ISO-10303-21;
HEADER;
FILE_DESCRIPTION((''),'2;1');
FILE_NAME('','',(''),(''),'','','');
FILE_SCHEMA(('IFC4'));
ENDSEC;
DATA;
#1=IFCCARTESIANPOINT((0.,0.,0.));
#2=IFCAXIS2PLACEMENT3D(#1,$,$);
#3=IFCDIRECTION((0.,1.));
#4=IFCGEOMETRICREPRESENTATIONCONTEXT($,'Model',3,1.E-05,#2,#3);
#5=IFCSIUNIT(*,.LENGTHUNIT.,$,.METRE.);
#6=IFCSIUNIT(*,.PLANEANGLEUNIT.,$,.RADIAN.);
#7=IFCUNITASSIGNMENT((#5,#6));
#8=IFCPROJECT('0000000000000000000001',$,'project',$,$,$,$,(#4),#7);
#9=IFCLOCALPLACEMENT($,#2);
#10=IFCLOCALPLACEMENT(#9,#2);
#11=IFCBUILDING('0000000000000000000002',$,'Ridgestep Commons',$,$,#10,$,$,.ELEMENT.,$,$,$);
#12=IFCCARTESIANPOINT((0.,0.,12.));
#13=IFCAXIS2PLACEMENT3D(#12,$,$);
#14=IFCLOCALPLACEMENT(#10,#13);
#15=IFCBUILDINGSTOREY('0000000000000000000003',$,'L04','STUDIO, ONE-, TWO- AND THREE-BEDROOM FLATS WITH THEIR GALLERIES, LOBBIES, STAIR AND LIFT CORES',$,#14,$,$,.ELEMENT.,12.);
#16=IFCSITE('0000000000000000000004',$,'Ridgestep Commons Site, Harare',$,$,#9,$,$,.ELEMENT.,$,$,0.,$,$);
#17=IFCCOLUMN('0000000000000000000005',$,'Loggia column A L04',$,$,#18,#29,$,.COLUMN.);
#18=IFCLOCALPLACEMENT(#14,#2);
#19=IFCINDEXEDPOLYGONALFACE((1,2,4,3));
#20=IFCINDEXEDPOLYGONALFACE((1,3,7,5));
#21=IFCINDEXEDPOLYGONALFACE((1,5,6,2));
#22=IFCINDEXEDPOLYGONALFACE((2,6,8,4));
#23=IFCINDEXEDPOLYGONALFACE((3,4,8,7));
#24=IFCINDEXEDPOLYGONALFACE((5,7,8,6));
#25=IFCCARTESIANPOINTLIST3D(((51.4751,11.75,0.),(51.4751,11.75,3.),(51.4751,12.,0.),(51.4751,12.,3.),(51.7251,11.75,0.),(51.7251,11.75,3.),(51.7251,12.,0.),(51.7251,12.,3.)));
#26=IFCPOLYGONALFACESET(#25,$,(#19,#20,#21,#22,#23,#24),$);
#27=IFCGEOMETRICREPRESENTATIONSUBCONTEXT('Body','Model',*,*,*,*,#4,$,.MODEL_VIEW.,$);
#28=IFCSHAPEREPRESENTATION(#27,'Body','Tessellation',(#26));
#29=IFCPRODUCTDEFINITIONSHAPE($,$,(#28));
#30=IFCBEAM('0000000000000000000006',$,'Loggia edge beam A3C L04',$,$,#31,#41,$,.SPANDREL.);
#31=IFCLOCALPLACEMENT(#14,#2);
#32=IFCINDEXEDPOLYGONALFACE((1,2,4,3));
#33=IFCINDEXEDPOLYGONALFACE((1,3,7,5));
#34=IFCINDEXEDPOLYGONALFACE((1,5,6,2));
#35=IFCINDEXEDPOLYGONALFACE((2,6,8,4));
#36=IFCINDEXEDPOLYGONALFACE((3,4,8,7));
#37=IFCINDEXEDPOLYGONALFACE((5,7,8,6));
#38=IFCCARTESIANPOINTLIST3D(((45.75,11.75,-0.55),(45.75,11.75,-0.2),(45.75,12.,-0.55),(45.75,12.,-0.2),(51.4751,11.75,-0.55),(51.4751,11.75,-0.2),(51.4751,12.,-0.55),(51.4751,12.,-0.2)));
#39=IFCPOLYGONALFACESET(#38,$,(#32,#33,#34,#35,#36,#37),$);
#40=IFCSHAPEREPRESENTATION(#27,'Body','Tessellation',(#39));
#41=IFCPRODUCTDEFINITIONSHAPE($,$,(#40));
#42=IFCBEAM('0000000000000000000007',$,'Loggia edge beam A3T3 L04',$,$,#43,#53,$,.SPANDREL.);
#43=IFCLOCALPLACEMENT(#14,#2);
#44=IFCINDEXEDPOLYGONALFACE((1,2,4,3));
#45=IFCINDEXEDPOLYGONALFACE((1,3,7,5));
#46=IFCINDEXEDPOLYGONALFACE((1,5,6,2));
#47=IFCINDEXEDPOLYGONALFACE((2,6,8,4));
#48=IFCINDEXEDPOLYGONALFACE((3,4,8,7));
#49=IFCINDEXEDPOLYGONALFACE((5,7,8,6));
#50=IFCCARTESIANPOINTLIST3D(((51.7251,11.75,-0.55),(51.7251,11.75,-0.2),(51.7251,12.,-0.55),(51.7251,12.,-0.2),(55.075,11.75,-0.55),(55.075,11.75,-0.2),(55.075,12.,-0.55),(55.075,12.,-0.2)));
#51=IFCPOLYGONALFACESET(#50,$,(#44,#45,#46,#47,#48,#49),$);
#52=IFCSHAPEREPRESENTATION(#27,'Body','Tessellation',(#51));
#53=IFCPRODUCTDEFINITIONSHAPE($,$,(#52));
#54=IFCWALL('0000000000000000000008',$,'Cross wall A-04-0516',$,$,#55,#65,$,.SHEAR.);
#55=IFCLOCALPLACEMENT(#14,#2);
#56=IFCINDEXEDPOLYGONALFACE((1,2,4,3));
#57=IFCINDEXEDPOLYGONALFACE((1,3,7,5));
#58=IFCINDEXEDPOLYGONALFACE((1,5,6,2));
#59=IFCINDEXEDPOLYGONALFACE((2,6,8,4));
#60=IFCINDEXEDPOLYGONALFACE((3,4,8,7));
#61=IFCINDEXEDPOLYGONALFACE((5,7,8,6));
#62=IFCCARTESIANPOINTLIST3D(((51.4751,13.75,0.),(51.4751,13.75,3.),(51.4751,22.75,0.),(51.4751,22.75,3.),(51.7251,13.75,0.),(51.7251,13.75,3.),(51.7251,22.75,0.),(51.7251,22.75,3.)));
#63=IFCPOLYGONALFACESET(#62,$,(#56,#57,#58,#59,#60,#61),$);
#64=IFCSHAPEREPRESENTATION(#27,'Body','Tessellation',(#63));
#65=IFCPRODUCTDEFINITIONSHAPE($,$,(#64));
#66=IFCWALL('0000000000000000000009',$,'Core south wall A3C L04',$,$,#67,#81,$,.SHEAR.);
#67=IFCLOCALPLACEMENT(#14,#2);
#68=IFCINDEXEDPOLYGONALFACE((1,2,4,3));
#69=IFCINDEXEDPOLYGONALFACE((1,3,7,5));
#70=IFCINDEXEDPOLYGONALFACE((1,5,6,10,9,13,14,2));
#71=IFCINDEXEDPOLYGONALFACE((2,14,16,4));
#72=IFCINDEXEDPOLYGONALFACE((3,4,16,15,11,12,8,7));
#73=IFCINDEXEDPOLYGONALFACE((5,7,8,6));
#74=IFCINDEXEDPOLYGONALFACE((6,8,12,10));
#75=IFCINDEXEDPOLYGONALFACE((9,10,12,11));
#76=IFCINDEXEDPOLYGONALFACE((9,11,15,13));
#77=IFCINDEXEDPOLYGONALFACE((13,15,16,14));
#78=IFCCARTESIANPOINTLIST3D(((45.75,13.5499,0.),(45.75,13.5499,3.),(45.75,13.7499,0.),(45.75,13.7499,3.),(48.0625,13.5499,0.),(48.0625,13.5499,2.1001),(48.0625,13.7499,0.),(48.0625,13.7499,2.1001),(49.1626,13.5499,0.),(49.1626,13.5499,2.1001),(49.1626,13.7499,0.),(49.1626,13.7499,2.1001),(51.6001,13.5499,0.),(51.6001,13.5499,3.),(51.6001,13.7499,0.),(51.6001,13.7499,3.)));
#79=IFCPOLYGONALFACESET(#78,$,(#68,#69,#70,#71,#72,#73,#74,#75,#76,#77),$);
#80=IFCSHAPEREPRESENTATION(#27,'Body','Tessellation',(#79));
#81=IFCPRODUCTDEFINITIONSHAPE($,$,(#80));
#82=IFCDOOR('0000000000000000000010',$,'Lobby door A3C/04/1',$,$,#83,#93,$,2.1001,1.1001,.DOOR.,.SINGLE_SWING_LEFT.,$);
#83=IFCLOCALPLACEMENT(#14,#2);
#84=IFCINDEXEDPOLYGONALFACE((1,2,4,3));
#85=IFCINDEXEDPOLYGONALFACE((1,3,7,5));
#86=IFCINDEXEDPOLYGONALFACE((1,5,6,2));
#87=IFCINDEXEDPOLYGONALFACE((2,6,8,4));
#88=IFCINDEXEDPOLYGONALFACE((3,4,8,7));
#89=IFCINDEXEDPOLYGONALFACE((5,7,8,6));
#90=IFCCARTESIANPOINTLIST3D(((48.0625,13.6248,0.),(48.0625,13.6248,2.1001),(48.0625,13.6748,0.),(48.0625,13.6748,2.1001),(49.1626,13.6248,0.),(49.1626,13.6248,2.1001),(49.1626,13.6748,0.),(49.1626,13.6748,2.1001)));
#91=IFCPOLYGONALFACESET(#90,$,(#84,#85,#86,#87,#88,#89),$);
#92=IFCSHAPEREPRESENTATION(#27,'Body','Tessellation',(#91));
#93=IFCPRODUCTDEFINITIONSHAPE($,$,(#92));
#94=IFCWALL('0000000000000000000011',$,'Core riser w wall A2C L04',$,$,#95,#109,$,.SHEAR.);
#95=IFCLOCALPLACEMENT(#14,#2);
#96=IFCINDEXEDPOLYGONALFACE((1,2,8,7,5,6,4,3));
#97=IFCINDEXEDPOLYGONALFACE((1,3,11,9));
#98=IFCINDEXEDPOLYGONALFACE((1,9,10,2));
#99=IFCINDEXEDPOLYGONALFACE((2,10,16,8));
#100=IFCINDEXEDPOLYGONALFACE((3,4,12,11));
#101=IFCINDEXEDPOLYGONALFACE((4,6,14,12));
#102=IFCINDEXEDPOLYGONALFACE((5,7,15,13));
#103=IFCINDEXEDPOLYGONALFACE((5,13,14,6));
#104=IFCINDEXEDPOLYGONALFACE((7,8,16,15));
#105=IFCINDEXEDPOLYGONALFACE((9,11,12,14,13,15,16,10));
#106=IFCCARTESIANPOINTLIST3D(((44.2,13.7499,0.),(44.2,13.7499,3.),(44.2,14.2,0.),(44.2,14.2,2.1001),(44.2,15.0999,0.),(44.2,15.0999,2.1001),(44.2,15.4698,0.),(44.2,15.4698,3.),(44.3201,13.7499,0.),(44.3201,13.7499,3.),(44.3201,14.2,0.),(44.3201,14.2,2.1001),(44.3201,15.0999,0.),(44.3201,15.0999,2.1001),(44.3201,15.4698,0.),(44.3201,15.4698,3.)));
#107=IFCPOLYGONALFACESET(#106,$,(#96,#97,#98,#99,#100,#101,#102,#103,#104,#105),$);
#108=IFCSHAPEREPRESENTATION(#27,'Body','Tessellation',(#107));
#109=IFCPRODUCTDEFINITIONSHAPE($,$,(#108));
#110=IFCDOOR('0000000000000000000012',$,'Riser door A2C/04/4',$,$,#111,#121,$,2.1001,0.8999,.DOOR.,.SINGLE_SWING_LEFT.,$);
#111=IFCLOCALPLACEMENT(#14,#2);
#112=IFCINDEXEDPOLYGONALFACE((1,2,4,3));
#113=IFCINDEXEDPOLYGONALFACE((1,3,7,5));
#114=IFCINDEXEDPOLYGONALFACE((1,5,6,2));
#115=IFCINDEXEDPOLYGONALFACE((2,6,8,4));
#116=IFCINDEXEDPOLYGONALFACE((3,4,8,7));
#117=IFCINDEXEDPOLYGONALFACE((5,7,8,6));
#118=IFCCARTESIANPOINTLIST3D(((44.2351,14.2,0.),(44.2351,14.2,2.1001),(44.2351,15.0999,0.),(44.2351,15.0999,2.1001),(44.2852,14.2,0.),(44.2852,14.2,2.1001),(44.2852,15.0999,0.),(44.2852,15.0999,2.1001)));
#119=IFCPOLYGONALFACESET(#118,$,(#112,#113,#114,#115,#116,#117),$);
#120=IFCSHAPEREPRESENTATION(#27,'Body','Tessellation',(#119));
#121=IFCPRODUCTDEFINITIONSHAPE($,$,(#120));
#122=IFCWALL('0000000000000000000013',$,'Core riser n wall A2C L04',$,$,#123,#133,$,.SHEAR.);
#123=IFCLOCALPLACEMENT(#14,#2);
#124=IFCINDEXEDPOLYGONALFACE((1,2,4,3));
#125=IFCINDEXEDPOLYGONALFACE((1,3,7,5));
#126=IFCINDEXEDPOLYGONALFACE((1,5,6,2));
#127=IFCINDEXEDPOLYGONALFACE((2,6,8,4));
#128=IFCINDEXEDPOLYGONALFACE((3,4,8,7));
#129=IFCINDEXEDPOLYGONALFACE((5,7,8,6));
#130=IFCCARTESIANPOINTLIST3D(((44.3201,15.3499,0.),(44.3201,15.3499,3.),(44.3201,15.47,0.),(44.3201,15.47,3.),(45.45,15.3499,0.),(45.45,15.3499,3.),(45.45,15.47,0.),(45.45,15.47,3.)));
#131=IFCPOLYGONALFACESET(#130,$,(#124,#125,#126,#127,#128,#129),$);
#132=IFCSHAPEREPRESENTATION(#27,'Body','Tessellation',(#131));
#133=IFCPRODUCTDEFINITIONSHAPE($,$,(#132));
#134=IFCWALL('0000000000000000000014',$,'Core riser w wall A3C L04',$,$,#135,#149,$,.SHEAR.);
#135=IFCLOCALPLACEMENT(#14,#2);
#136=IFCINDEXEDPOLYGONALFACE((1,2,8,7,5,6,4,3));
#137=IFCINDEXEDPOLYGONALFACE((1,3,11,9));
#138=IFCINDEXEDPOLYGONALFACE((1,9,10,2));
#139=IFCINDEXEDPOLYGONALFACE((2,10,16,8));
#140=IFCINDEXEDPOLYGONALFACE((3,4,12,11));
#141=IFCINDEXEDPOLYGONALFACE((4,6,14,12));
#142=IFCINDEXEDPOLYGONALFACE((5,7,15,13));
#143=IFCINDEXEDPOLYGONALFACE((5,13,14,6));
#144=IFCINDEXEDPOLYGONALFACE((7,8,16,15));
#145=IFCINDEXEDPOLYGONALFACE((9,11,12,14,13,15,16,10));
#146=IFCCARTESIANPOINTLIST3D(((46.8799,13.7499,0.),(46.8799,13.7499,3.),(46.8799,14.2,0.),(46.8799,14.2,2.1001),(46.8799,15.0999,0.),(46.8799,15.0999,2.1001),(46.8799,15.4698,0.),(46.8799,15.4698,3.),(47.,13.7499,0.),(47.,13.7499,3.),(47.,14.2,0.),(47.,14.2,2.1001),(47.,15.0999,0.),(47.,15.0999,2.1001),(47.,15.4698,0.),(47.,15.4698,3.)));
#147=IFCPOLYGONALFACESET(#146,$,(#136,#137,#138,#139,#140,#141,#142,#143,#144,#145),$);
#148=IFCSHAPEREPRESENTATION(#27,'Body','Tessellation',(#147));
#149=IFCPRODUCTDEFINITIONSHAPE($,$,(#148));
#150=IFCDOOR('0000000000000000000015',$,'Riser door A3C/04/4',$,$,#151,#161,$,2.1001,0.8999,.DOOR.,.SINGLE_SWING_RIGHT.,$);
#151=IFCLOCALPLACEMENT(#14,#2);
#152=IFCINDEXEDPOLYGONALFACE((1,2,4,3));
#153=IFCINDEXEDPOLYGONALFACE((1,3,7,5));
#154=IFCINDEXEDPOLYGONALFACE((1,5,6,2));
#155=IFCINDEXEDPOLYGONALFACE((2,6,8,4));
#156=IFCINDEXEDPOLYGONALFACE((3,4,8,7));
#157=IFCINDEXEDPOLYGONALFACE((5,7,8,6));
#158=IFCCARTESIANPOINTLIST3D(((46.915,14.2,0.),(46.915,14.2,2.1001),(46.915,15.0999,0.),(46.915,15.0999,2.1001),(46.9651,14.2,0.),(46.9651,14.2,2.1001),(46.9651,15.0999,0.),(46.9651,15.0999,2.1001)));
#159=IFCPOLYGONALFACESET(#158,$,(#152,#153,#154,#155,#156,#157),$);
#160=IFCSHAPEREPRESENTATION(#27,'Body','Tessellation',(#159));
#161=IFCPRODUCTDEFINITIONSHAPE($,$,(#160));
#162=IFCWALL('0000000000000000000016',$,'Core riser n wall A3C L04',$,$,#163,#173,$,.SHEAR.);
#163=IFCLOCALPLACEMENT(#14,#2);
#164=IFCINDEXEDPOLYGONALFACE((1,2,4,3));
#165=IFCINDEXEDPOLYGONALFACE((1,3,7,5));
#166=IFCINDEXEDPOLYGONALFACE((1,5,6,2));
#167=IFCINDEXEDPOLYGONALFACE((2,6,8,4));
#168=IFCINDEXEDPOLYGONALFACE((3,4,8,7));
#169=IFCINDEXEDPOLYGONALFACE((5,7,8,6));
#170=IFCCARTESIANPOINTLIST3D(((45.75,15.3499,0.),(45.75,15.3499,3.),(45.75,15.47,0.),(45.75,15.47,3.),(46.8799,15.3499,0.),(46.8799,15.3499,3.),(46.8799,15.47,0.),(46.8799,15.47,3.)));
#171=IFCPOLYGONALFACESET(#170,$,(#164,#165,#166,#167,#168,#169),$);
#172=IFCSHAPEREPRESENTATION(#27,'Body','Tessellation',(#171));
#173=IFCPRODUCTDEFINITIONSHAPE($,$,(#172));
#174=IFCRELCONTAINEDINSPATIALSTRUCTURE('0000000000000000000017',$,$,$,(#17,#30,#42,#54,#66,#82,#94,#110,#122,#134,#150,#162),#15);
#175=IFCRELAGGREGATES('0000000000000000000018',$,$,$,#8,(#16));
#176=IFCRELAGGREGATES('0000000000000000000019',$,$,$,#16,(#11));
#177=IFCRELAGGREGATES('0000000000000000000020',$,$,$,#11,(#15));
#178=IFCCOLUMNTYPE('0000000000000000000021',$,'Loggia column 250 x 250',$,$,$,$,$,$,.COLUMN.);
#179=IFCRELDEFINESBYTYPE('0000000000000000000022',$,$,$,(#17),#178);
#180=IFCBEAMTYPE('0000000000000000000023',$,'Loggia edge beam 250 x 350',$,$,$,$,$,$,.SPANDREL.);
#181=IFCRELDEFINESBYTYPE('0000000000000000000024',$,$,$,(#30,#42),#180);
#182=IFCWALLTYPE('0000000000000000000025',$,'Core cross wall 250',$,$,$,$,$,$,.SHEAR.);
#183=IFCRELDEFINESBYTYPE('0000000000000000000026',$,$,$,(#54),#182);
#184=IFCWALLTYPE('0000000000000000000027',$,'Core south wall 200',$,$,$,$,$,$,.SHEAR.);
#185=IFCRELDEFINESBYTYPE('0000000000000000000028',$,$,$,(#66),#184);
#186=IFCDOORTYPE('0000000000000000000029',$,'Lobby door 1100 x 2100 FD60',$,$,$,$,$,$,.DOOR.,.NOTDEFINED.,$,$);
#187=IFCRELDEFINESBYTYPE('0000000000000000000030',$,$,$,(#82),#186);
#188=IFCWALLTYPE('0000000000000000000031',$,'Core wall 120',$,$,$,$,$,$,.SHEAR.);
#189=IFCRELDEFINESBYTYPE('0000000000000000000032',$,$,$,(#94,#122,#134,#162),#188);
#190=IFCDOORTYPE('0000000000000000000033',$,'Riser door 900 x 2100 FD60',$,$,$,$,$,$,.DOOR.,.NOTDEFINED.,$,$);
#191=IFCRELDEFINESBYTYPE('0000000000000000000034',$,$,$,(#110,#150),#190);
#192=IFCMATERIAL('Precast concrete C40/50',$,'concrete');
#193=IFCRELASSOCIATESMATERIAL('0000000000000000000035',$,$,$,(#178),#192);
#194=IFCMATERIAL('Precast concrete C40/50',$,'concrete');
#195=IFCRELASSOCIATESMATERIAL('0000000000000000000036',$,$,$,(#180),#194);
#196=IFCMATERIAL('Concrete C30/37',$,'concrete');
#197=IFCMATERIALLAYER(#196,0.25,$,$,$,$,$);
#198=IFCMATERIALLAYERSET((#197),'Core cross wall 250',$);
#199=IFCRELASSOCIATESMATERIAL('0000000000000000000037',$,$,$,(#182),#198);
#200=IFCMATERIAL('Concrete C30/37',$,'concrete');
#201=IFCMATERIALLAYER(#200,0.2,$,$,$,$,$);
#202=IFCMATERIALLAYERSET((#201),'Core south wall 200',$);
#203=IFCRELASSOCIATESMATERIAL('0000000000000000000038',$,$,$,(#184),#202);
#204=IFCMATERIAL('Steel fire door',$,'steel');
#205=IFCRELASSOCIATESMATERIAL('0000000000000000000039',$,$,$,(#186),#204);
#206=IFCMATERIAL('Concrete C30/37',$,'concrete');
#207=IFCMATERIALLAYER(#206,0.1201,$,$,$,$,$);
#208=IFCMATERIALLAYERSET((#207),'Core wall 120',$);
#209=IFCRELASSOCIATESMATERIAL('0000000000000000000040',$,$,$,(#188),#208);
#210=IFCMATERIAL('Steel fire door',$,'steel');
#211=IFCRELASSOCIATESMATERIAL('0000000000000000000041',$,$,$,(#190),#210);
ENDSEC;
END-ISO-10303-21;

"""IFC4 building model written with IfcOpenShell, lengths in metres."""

from ifc_helpers import new_model, si_unit, direction, frame, frame_2d, origin, origin_2d, place, context, subcontext, project, spatial, rectangle, extrude, material, layer, layer_set, material_profile, profile_set, type_object, element, fill, save


model = new_model("IFC4")

# Units and contexts
model_context = context("Model", 3, precision=1e-05, world=origin(), true_north=direction((0.0, 1.0)))
body_context = subcontext(model_context, "Body", "Model", "MODEL_VIEW")
ifc_project = project(units=[si_unit("LENGTHUNIT", "METRE"), si_unit("PLANEANGLEUNIT", "RADIAN")], contexts=[model_context])

# Site, building, storey
site_placement = place(None, origin())
site = spatial("IfcSite", under=ifc_project, at=site_placement, Name="Ridgestep Commons Site, Harare", CompositionType="ELEMENT", RefElevation=0.0)
building_placement = place(site_placement, origin())
building = spatial("IfcBuilding", under=site, at=building_placement, Name="Ridgestep Commons", CompositionType="ELEMENT")
storey_placement = place(building_placement, frame((0.0, 0.0, 12.0)))
storey = spatial("IfcBuildingStorey", under=building, at=storey_placement, Name="L04", Description="STUDIO, ONE-, TWO- AND THREE-BEDROOM FLATS WITH THEIR GALLERIES, LOBBIES, STAIR AND LIFT CORES", CompositionType="ELEMENT", Elevation=12.0)

# Column
ifc_material_1 = material(Name="Precast concrete C40/50", Category="concrete")
ifc_material_profile_1 = material_profile(ifc_material_1, rectangle(XDim=0.25, YDim=0.25, at=origin_2d()), Name="PC 250x250")
ifc_profile_set_1 = profile_set([ifc_material_profile_1], Name="Precast concrete C40/50")
column_type = type_object("IfcColumnType", Name="Loggia column 250 x 250", PredefinedType="COLUMN", material=ifc_profile_set_1)
column_placement = place(storey_placement, frame((51.6001, 11.875, 0.0), z_axis=(0.0, 0.0, 1.0), x_axis=(1.0, 0.0, 0.0)))
element("IfcColumn", 1, at=column_placement, inside=storey, type_object=column_type, Name="Loggia column A L04", PredefinedType="COLUMN", context=body_context, shape_type="SweptSolid", body=[
    extrude(rectangle(XDim=0.25, YDim=0.25, at=origin_2d()), origin(), (0.0, 0.0, 1.0), 3.0),
])

# Beams
ifc_material_2 = material(Name="Precast concrete C40/50", Category="concrete")
ifc_material_profile_2 = material_profile(ifc_material_2, rectangle(XDim=0.25, YDim=0.3501, at=origin_2d()), Name="PC 250x350")
ifc_profile_set_2 = profile_set([ifc_material_profile_2], Name="Precast concrete C40/50")
beam_type = type_object("IfcBeamType", Name="Loggia edge beam 250 x 350", PredefinedType="SPANDREL", material=ifc_profile_set_2)
beam_1_placement = place(storey_placement, frame((45.75, 11.875, -0.375), z_axis=(1.0, 0.0, 0.0), x_axis=(0.0, 1.0, 0.0)))
element("IfcBeam", 2, at=beam_1_placement, inside=storey, type_object=beam_type, Name="Loggia edge beam A3C L04", PredefinedType="SPANDREL", context=body_context, shape_type="SweptSolid", body=[
    extrude(rectangle(XDim=0.25, YDim=0.3501, at=origin_2d()), origin(), (0.0, 0.0, 1.0), 5.7251),
])
beam_2_placement = place(storey_placement, frame((51.7251, 11.875, -0.375), z_axis=(1.0, 0.0, 0.0), x_axis=(0.0, 1.0, 0.0)))
element("IfcBeam", 3, at=beam_2_placement, inside=storey, type_object=beam_type, Name="Loggia edge beam A3T3 L04", PredefinedType="SPANDREL", context=body_context, shape_type="SweptSolid", body=[
    extrude(rectangle(XDim=0.25, YDim=0.3501, at=origin_2d()), origin(), (0.0, 0.0, 1.0), 3.3499),
])

# Wall
ifc_material_3 = material(Name="Concrete C30/37", Category="concrete")
ifc_layer_1 = layer(ifc_material_3, 0.25)
ifc_layer_set_1 = layer_set([ifc_layer_1], Name="Core cross wall 250")
wall_type_1 = type_object("IfcWallType", Name="Core cross wall 250", PredefinedType="SHEAR", material=ifc_layer_set_1)
wall_1_placement = place(storey_placement, frame((51.6001, 13.75, 0.0), z_axis=(0.0, 0.0, 1.0), x_axis=(0.0, 1.0, 0.0)))
element("IfcWall", 4, at=wall_1_placement, inside=storey, type_object=wall_type_1, Name="Cross wall A-04-0516", PredefinedType="SHEAR", context=body_context, shape_type="SweptSolid", body=[
    extrude(rectangle(XDim=9.0, YDim=0.25, at=frame_2d((4.5, 0.0))), origin(), (0.0, 0.0, 1.0), 3.0),
])

# Walls, openings, doors
ifc_material_4 = material(Name="Concrete C30/37", Category="concrete")
ifc_layer_2 = layer(ifc_material_4, 0.2)
ifc_layer_set_2 = layer_set([ifc_layer_2], Name="Core south wall 200")
wall_type_2 = type_object("IfcWallType", Name="Core south wall 200", PredefinedType="SHEAR", material=ifc_layer_set_2)
wall_2_placement = place(storey_placement, frame((45.75, 13.6499, 0.0), z_axis=(0.0, 0.0, 1.0), x_axis=(1.0, 0.0, 0.0)))
wall_2 = element("IfcWall", 5, at=wall_2_placement, inside=storey, type_object=wall_type_2, Name="Core south wall A3C L04", PredefinedType="SHEAR", context=body_context, shape_type="SweptSolid", body=[
    extrude(rectangle(XDim=5.8501, YDim=0.2, at=frame_2d((2.925, 0.0))), origin(), (0.0, 0.0, 1.0), 3.0),
])
opening_1_placement = place(wall_2_placement, frame((2.3125, 0.0, 0.0)))
opening_1 = element("IfcOpeningElement", 6, at=opening_1_placement, cuts=wall_2, PredefinedType="OPENING", context=body_context, shape_type="SweptSolid", body=[
    extrude(rectangle(XDim=1.1001, YDim=2.1001, at=frame_2d((0.55, 1.05))), frame((0.0, 0.1099, 0.0), z_axis=(0.0, -1.0, 0.0), x_axis=(1.0, 0.0, 0.0)), (0.0, 0.0, 1.0), 0.22),
])
ifc_material_5 = material(Name="Steel fire door", Category="steel")
door_type_1 = type_object("IfcDoorType", Name="Lobby door 1100 x 2100 FD60", OperationType="NOTDEFINED", PredefinedType="DOOR", material=ifc_material_5)
door_1_placement = place(opening_1_placement, origin())
door_1 = element("IfcDoor", 7, at=door_1_placement, inside=storey, type_object=door_type_1, Name="Lobby door A3C/04/1", OperationType="SINGLE_SWING_LEFT", OverallHeight=2.1001, OverallWidth=1.1001, PredefinedType="DOOR", context=body_context, shape_type="SweptSolid", body=[
    extrude(rectangle(XDim=1.1001, YDim=2.1001, at=frame_2d((0.55, 1.05))), frame((0.0, 0.0249, 0.0), z_axis=(0.0, -1.0, 0.0), x_axis=(1.0, 0.0, 0.0)), (0.0, 0.0, 1.0), 0.05),
])
fill(opening_1, door_1)
ifc_material_6 = material(Name="Concrete C30/37", Category="concrete")
ifc_layer_3 = layer(ifc_material_6, 0.1201)
ifc_layer_set_3 = layer_set([ifc_layer_3], Name="Core wall 120")
wall_type_3 = type_object("IfcWallType", Name="Core wall 120", PredefinedType="SHEAR", material=ifc_layer_set_3)
wall_3_placement = place(storey_placement, frame((44.26, 13.75, 0.0), z_axis=(0.0, 0.0, 1.0), x_axis=(0.0, 1.0, 0.0)))
wall_3 = element("IfcWall", 8, at=wall_3_placement, inside=storey, type_object=wall_type_3, Name="Core riser w wall A2C L04", PredefinedType="SHEAR", context=body_context, shape_type="SweptSolid", body=[
    extrude(rectangle(XDim=1.72, YDim=0.1201, at=frame_2d((0.8599, 0.0))), origin(), (0.0, 0.0, 1.0), 3.0),
])
opening_2_placement = place(wall_3_placement, frame((0.45, 0.0, 0.0)))
opening_2 = element("IfcOpeningElement", 9, at=opening_2_placement, cuts=wall_3, PredefinedType="OPENING", context=body_context, shape_type="SweptSolid", body=[
    extrude(rectangle(XDim=0.8999, YDim=2.1001, at=frame_2d((0.45, 1.05))), frame((0.0, 0.0701, 0.0), z_axis=(0.0, -1.0, 0.0), x_axis=(1.0, 0.0, 0.0)), (0.0, 0.0, 1.0), 0.1401),
])
ifc_material_7 = material(Name="Steel fire door", Category="steel")
door_type_2 = type_object("IfcDoorType", Name="Riser door 900 x 2100 FD60", OperationType="NOTDEFINED", PredefinedType="DOOR", material=ifc_material_7)
door_2_placement = place(opening_2_placement, origin())
door_2 = element("IfcDoor", 10, at=door_2_placement, inside=storey, type_object=door_type_2, Name="Riser door A2C/04/4", OperationType="SINGLE_SWING_LEFT", OverallHeight=2.1001, OverallWidth=0.8999, PredefinedType="DOOR", context=body_context, shape_type="SweptSolid", body=[
    extrude(rectangle(XDim=0.8999, YDim=2.1001, at=frame_2d((0.45, 1.05))), frame((0.0, 0.0249, 0.0), z_axis=(0.0, -1.0, 0.0), x_axis=(1.0, 0.0, 0.0)), (0.0, 0.0, 1.0), 0.05),
])
fill(opening_2, door_2)

# Wall
wall_4_placement = place(storey_placement, frame((44.3201, 15.4099, 0.0), z_axis=(0.0, 0.0, 1.0), x_axis=(1.0, 0.0, 0.0)))
element("IfcWall", 11, at=wall_4_placement, inside=storey, type_object=wall_type_3, Name="Core riser n wall A2C L04", PredefinedType="SHEAR", context=body_context, shape_type="SweptSolid", body=[
    extrude(rectangle(XDim=1.1299, YDim=0.1201, at=frame_2d((0.5649, 0.0))), origin(), (0.0, 0.0, 1.0), 3.0),
])

# Wall, opening, door
wall_5_placement = place(storey_placement, frame((46.9399, 13.75, 0.0), z_axis=(0.0, 0.0, 1.0), x_axis=(0.0, 1.0, 0.0)))
wall_5 = element("IfcWall", 12, at=wall_5_placement, inside=storey, type_object=wall_type_3, Name="Core riser w wall A3C L04", PredefinedType="SHEAR", context=body_context, shape_type="SweptSolid", body=[
    extrude(rectangle(XDim=1.72, YDim=0.1201, at=frame_2d((0.8599, 0.0))), origin(), (0.0, 0.0, 1.0), 3.0),
])
opening_3_placement = place(wall_5_placement, frame((0.45, 0.0, 0.0)))
opening_3 = element("IfcOpeningElement", 13, at=opening_3_placement, cuts=wall_5, PredefinedType="OPENING", context=body_context, shape_type="SweptSolid", body=[
    extrude(rectangle(XDim=0.8999, YDim=2.1001, at=frame_2d((0.45, 1.05))), frame((0.0, 0.0701, 0.0), z_axis=(0.0, -1.0, 0.0), x_axis=(1.0, 0.0, 0.0)), (0.0, 0.0, 1.0), 0.1401),
])
door_3_placement = place(opening_3_placement, origin())
door_3 = element("IfcDoor", 14, at=door_3_placement, inside=storey, type_object=door_type_2, Name="Riser door A3C/04/4", OperationType="SINGLE_SWING_RIGHT", OverallHeight=2.1001, OverallWidth=0.8999, PredefinedType="DOOR", context=body_context, shape_type="SweptSolid", body=[
    extrude(rectangle(XDim=0.8999, YDim=2.1001, at=frame_2d((0.45, 1.05))), frame((0.0, 0.0249, 0.0), z_axis=(0.0, -1.0, 0.0), x_axis=(1.0, 0.0, 0.0)), (0.0, 0.0, 1.0), 0.05),
])
fill(opening_3, door_3)

# Wall
wall_6_placement = place(storey_placement, frame((45.75, 15.4099, 0.0), z_axis=(0.0, 0.0, 1.0), x_axis=(1.0, 0.0, 0.0)))
element("IfcWall", 15, at=wall_6_placement, inside=storey, type_object=wall_type_3, Name="Core riser n wall A3C L04", PredefinedType="SHEAR", context=body_context, shape_type="SweptSolid", body=[
    extrude(rectangle(XDim=1.1299, YDim=0.1201, at=frame_2d((0.5649, 0.0))), origin(), (0.0, 0.0, 1.0), 3.0),
])

save(model, "model.ifc")
